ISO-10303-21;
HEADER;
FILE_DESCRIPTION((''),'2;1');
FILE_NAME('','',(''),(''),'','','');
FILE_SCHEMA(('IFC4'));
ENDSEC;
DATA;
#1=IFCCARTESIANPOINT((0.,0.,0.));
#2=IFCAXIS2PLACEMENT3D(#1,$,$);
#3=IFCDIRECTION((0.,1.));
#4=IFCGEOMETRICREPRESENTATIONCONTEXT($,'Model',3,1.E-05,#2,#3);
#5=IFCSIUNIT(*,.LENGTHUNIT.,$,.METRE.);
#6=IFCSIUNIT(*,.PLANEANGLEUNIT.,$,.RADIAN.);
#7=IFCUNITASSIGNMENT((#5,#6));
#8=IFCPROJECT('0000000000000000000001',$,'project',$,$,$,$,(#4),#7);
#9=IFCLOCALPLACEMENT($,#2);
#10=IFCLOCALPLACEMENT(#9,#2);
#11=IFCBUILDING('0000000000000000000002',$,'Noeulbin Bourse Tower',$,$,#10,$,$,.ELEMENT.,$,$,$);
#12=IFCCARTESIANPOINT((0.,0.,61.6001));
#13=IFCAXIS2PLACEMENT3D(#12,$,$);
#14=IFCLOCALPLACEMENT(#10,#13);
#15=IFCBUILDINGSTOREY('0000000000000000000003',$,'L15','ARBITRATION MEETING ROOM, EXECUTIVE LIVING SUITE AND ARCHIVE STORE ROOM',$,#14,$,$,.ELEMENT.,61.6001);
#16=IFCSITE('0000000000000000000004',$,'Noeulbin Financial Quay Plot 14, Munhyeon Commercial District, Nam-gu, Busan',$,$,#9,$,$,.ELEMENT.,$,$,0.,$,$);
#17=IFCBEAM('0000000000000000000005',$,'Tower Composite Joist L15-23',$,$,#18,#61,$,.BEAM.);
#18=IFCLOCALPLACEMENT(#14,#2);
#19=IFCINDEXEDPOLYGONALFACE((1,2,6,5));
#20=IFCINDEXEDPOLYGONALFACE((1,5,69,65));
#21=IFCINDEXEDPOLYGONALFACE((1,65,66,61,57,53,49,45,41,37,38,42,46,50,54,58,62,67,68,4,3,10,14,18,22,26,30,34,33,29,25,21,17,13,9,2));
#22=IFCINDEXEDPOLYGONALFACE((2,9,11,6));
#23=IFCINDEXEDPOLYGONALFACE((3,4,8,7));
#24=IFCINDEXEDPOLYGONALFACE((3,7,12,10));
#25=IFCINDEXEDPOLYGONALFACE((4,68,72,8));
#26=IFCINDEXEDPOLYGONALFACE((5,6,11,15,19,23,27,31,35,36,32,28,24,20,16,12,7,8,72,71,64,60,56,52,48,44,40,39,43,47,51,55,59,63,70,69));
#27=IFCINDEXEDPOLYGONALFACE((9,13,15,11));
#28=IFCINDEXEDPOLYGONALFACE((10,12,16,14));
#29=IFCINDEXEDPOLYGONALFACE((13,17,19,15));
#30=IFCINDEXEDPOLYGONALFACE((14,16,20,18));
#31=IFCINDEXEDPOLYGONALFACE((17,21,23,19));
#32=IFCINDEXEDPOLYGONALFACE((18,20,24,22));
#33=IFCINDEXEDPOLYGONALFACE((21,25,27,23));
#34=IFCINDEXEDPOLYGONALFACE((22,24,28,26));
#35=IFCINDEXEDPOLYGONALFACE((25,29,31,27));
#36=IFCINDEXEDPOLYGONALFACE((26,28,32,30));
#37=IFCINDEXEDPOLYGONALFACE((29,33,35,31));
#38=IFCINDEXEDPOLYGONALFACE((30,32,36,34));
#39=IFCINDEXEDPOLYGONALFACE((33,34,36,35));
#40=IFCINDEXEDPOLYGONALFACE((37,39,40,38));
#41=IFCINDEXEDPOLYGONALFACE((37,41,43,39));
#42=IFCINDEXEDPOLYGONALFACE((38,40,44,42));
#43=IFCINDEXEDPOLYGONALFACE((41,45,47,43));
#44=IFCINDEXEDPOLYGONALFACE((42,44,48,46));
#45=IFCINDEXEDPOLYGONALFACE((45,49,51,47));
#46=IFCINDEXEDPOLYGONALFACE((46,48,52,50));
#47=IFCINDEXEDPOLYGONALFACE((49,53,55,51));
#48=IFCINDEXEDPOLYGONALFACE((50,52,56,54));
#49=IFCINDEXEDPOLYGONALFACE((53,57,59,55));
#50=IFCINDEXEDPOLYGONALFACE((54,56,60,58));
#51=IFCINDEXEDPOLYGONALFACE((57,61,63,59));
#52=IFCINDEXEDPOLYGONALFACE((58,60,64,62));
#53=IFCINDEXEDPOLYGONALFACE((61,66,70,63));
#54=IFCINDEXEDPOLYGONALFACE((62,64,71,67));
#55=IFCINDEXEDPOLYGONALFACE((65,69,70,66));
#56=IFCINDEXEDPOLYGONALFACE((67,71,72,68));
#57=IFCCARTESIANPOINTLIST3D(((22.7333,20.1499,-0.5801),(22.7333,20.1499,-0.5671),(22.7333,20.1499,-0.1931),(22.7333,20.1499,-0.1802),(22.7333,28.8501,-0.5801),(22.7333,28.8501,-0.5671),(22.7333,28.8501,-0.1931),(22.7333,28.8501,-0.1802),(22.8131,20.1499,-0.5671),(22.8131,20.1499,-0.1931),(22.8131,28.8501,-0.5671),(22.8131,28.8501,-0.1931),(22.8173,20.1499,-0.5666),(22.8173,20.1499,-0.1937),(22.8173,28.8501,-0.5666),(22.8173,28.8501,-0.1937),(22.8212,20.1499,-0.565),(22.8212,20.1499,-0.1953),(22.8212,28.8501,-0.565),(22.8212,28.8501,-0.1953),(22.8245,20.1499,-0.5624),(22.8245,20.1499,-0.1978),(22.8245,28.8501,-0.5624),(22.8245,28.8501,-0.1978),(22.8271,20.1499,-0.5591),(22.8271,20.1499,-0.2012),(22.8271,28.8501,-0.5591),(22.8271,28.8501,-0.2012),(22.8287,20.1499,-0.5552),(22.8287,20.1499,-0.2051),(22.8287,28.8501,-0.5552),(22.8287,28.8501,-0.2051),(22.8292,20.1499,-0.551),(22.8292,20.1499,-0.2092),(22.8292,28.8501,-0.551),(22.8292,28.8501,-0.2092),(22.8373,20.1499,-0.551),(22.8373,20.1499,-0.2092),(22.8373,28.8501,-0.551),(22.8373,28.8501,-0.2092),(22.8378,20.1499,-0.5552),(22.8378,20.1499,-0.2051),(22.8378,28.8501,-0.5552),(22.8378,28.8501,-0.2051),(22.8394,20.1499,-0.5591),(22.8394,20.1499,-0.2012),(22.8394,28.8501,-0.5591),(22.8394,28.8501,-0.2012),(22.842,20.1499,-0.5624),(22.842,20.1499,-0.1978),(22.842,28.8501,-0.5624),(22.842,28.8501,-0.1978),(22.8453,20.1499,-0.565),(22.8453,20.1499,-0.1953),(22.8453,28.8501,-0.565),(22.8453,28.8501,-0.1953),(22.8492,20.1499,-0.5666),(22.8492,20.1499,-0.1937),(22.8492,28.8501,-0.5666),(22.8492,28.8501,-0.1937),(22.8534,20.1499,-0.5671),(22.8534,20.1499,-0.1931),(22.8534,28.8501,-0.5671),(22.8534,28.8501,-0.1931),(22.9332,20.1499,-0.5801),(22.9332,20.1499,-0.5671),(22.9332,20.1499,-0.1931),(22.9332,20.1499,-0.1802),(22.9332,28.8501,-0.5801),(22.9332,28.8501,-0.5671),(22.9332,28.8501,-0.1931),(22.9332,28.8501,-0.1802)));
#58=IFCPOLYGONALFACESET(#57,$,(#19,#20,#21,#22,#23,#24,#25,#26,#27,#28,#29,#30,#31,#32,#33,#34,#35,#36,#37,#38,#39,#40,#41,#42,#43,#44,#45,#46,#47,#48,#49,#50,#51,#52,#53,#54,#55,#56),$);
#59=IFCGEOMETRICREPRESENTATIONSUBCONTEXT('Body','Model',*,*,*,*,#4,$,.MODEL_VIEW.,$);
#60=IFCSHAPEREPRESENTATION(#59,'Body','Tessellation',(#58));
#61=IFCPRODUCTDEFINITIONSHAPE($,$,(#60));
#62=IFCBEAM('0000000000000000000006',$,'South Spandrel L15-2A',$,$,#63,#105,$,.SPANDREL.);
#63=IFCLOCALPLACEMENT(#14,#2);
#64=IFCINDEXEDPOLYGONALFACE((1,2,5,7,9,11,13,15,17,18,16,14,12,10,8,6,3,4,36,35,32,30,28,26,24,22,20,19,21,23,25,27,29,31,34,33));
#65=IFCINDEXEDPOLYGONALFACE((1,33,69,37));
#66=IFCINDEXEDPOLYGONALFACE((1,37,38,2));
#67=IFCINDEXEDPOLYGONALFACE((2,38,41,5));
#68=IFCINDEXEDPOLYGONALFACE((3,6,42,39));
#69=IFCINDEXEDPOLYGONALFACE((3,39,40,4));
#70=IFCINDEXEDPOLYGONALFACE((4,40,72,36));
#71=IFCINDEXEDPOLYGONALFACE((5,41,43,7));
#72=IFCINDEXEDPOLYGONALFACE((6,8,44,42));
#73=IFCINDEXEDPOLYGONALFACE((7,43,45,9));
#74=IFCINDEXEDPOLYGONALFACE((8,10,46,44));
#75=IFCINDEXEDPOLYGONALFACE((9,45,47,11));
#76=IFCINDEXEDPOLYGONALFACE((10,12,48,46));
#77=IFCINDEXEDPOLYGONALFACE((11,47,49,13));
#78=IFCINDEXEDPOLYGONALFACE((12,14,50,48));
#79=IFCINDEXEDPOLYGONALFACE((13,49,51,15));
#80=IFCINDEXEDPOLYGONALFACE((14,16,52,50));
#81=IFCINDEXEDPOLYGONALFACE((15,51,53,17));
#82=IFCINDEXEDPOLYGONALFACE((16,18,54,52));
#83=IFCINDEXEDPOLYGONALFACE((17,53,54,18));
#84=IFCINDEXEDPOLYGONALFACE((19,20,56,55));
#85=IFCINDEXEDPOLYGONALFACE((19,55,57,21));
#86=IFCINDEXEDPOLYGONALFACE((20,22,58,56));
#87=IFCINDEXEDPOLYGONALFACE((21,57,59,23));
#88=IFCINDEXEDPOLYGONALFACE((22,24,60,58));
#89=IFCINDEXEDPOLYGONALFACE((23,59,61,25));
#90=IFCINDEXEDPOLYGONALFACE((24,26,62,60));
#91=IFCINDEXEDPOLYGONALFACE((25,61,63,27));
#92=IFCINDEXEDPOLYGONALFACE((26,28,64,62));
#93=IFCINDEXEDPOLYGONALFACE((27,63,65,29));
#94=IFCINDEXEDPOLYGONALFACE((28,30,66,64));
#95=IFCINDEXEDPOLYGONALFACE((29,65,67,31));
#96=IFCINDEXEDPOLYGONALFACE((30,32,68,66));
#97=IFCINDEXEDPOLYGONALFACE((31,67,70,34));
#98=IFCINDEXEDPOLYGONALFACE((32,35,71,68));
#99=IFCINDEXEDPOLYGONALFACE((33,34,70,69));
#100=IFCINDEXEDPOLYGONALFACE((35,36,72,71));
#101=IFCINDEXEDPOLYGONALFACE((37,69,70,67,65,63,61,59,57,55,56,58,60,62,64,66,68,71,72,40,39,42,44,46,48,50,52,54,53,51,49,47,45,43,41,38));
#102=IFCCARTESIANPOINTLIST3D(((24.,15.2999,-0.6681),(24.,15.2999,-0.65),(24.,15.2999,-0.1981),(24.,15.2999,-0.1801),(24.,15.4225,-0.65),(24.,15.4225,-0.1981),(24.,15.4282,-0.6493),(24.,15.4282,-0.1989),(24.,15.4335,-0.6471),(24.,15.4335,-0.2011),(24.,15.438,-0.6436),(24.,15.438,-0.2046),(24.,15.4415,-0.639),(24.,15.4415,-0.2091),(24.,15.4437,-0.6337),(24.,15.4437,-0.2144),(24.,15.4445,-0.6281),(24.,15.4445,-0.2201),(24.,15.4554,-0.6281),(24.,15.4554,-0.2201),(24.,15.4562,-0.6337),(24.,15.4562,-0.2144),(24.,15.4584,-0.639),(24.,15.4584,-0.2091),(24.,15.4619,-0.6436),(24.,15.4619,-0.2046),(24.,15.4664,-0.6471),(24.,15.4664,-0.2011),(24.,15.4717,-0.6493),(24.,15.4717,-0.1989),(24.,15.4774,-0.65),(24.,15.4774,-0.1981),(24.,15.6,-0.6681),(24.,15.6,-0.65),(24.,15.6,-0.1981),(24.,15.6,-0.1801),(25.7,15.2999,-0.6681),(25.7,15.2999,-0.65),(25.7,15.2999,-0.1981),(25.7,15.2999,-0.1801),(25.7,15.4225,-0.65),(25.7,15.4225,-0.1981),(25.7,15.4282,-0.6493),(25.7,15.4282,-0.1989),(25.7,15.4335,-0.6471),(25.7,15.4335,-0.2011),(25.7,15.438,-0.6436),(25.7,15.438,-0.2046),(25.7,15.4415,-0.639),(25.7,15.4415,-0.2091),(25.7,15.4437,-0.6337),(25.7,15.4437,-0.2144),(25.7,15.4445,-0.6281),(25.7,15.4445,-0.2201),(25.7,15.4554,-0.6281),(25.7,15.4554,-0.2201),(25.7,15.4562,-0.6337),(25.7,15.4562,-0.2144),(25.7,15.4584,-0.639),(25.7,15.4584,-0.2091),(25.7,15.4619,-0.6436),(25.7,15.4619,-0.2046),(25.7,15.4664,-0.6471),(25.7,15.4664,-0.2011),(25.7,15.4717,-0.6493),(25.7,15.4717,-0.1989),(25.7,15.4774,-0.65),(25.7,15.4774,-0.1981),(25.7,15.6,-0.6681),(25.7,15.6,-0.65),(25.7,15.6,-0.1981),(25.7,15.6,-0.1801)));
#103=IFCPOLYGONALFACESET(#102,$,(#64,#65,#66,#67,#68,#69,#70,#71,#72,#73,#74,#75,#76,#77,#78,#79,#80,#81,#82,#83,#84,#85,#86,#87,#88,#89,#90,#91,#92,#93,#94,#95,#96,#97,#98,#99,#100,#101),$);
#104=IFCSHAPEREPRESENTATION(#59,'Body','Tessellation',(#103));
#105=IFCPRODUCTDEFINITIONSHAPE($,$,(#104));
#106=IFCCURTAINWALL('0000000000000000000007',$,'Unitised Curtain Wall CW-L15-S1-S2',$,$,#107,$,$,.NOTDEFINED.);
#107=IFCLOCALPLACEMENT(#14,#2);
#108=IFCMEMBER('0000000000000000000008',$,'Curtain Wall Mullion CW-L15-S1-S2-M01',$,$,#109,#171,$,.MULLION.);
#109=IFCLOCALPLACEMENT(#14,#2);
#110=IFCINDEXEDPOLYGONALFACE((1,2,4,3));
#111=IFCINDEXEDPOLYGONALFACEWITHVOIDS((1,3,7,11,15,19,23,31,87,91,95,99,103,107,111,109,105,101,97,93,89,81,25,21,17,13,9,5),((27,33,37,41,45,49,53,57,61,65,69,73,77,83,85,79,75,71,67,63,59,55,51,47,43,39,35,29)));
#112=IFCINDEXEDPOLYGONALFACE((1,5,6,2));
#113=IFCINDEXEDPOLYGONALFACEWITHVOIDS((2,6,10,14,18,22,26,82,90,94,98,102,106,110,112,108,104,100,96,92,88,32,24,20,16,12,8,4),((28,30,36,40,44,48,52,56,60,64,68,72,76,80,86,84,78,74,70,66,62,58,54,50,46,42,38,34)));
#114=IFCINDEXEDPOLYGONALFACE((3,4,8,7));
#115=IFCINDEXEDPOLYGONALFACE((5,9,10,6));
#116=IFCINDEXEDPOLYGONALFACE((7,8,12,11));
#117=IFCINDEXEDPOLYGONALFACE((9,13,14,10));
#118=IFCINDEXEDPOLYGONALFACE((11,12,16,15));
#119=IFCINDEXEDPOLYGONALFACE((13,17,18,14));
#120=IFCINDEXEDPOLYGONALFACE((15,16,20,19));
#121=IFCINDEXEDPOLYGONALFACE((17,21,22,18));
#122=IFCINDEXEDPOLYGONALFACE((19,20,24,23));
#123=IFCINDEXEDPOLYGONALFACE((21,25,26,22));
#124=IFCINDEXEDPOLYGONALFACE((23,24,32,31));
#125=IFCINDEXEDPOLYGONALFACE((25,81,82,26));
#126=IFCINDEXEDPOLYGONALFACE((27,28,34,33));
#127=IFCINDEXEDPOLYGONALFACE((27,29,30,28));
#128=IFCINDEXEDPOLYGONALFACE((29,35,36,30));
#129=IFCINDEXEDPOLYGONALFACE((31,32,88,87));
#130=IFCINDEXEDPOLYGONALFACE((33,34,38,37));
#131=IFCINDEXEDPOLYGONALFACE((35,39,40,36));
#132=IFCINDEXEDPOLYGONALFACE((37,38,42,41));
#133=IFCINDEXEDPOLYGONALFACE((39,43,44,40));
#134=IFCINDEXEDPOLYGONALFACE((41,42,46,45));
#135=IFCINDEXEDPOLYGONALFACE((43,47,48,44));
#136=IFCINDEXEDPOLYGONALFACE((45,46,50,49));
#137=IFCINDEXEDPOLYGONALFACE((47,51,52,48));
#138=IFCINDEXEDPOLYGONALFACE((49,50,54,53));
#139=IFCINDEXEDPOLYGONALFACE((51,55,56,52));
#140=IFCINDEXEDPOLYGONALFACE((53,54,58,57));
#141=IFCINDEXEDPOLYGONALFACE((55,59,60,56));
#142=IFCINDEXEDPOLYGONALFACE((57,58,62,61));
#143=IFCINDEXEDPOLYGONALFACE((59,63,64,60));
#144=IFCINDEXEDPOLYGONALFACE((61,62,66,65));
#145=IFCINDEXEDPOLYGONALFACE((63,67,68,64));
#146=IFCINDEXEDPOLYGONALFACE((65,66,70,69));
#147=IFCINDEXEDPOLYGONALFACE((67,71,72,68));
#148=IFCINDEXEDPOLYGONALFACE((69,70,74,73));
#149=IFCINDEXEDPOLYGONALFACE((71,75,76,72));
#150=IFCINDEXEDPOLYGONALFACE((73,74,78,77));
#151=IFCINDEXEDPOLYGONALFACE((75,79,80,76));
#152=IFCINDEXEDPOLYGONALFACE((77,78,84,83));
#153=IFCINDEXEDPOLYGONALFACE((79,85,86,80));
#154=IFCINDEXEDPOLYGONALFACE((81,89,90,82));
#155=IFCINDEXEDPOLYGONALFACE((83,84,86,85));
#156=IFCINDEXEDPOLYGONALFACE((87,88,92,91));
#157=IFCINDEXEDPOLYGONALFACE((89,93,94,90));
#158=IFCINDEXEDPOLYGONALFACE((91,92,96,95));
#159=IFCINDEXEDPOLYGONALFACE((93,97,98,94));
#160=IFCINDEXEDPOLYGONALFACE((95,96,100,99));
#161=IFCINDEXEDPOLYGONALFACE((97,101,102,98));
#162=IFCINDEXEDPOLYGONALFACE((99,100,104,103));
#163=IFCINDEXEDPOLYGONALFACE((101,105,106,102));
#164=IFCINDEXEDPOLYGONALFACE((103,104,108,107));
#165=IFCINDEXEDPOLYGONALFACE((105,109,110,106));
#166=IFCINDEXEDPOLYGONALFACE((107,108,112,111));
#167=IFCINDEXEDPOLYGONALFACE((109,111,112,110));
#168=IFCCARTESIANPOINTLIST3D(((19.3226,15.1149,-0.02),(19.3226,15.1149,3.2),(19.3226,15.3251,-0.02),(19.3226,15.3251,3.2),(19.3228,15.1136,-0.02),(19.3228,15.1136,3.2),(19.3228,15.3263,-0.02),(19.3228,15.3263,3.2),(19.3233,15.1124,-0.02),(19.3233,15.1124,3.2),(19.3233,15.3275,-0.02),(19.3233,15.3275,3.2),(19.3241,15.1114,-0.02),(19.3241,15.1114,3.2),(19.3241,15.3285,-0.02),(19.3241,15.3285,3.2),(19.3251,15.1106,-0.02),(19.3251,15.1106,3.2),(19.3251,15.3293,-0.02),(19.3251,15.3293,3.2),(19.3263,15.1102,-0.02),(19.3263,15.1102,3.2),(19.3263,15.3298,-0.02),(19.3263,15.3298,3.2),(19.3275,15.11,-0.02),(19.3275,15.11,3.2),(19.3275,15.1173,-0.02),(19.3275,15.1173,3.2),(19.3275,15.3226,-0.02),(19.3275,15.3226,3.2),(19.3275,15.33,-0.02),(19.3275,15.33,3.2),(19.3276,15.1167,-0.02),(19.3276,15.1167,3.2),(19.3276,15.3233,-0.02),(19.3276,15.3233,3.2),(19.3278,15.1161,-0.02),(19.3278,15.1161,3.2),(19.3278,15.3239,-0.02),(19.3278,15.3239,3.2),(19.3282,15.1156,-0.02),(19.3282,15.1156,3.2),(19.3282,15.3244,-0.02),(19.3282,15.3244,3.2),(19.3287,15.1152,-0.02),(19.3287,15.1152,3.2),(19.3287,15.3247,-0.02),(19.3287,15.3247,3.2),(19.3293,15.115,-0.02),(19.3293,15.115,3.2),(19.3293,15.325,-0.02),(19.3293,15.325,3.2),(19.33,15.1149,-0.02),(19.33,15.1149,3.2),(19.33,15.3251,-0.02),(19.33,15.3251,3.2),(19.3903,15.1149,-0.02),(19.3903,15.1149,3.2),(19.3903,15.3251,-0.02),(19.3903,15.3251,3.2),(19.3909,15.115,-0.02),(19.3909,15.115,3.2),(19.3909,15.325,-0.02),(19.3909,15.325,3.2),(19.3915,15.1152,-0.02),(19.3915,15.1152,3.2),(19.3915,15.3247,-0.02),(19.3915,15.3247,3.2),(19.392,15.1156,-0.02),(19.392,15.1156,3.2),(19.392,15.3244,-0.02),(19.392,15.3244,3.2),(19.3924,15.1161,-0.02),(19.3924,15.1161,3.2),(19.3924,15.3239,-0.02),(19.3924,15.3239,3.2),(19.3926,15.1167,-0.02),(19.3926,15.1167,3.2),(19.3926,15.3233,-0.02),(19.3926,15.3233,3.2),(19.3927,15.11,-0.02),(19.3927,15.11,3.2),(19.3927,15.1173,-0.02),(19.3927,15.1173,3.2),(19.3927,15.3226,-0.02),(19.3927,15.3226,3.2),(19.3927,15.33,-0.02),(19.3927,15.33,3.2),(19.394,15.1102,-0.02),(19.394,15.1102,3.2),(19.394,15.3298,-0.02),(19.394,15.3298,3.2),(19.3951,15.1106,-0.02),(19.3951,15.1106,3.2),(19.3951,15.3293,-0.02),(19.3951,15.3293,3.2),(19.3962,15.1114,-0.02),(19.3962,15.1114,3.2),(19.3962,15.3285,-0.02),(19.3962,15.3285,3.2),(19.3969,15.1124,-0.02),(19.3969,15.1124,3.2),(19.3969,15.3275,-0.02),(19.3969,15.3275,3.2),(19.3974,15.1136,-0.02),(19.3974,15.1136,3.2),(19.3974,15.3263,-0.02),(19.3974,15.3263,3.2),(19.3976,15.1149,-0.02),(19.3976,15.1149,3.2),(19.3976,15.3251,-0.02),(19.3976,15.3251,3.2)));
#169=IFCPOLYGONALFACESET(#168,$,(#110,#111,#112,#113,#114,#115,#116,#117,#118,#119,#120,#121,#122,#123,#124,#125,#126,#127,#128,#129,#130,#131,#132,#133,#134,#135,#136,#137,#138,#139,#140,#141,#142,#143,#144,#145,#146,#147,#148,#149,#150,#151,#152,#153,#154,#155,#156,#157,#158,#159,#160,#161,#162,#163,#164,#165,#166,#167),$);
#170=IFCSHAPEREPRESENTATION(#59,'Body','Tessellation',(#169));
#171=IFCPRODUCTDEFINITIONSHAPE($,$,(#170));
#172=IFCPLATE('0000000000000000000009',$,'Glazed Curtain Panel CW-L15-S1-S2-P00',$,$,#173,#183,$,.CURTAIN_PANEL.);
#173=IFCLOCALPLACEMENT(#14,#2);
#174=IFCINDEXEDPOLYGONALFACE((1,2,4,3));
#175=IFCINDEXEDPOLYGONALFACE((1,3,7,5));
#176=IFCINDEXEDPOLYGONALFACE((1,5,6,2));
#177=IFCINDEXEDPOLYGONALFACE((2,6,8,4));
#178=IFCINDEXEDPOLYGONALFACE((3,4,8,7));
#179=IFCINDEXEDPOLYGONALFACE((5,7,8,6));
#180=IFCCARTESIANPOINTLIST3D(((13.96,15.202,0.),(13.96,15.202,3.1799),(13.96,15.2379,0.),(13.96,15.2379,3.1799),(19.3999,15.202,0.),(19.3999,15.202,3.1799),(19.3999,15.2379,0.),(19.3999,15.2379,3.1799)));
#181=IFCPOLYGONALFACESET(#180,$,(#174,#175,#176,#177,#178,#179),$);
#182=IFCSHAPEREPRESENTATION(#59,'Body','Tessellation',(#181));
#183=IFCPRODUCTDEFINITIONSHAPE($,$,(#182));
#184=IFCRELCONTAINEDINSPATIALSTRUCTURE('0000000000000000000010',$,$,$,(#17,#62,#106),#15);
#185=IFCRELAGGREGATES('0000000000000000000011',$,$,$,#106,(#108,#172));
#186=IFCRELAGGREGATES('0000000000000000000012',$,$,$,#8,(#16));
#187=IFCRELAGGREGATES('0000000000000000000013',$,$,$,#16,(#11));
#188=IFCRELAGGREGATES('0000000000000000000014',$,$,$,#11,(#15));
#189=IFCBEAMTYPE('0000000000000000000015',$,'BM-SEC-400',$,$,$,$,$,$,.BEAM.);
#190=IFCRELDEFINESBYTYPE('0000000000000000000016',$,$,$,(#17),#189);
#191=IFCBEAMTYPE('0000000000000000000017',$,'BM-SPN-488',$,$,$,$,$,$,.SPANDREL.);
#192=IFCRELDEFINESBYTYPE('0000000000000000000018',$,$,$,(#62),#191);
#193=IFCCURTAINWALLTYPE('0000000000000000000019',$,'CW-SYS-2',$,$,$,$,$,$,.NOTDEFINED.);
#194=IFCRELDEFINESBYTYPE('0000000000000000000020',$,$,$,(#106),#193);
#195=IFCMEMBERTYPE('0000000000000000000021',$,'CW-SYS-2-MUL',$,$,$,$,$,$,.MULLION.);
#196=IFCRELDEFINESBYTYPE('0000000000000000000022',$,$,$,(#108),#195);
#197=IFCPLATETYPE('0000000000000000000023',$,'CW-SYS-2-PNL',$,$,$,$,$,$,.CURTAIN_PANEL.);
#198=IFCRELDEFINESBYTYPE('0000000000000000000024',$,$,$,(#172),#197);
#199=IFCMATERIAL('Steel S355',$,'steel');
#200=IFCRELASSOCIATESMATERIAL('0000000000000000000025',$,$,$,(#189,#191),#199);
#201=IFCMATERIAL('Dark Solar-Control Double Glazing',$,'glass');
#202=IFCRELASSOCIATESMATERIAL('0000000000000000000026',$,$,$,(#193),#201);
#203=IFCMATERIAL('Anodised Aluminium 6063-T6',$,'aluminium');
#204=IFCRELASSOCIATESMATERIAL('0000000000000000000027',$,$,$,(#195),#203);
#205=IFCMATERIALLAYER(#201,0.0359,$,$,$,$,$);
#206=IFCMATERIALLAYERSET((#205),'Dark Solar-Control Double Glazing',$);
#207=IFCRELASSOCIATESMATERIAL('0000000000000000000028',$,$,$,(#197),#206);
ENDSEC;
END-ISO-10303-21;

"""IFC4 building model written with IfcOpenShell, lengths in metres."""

from ifc_helpers import new_model, si_unit, direction, frame, origin, origin_2d, place, context, subcontext, project, spatial, rectangle, hollow_rectangle, i_section, extrude, material, layer, layer_set, material_profile, profile_set, type_object, element, aggregate, save


model = new_model("IFC4")

# Units and contexts
model_context = context("Model", 3, precision=1e-05, world=origin(), true_north=direction((0.0, 1.0)))
body_context = subcontext(model_context, "Body", "Model", "MODEL_VIEW")
ifc_project = project(units=[si_unit("LENGTHUNIT", "METRE"), si_unit("PLANEANGLEUNIT", "RADIAN")], contexts=[model_context])

# Site, building, storey
site_placement = place(None, origin())
site = spatial("IfcSite", under=ifc_project, at=site_placement, Name="Noeulbin Financial Quay Plot 14, Munhyeon Commercial District, Nam-gu, Busan", CompositionType="ELEMENT", RefElevation=0.0)
building_placement = place(site_placement, origin())
building = spatial("IfcBuilding", under=site, at=building_placement, Name="Noeulbin Bourse Tower", CompositionType="ELEMENT")
storey_placement = place(building_placement, frame((0.0, 0.0, 61.6001)))
storey = spatial("IfcBuildingStorey", under=building, at=storey_placement, Name="L15", Description="ARBITRATION MEETING ROOM, EXECUTIVE LIVING SUITE AND ARCHIVE STORE ROOM", CompositionType="ELEMENT", Elevation=61.6001)

# Beams
ifc_material_1 = material(Name="Steel S355", Category="steel")
ifc_material_profile_1 = material_profile(ifc_material_1, i_section(OverallWidth=0.2, OverallDepth=0.3999, WebThickness=0.0081, FlangeThickness=0.0129, FilletRadius=0.0161, at=origin_2d()), Name="H-400x200x8x13", Category="LoadBearing")
ifc_profile_set_1 = profile_set([ifc_material_profile_1], Name="Steel S355")
beam_type_1 = type_object("IfcBeamType", Name="BM-SEC-400", PredefinedType="BEAM", material=ifc_profile_set_1)
beam_1_placement = place(storey_placement, frame((22.8333, 20.1499, -0.3801), z_axis=(0.0, 1.0, 0.0), x_axis=(-1.0, 0.0, 0.0)))
element("IfcBeam", 1, at=beam_1_placement, inside=storey, type_object=beam_type_1, Name="Tower Composite Joist L15-23", PredefinedType="BEAM", context=body_context, shape_type="SweptSolid", body=[
    extrude(i_section(OverallWidth=0.2, OverallDepth=0.3999, WebThickness=0.0081, FlangeThickness=0.0129, FilletRadius=0.0161, at=origin_2d()), origin(), (0.0, 0.0, 1.0), 8.7002),
])
ifc_material_profile_2 = material_profile(ifc_material_1, i_section(OverallWidth=0.3, OverallDepth=0.488, WebThickness=0.011, FlangeThickness=0.0181, FilletRadius=0.022, at=origin_2d()), Name="H-488x300x11x18", Category="LoadBearing")
ifc_profile_set_2 = profile_set([ifc_material_profile_2], Name="Steel S355")
beam_type_2 = type_object("IfcBeamType", Name="BM-SPN-488", PredefinedType="SPANDREL", material=ifc_profile_set_2)
beam_2_placement = place(storey_placement, frame((24.0, 15.45, -0.4241), z_axis=(1.0, 0.0, 0.0), x_axis=(0.0, 1.0, 0.0)))
element("IfcBeam", 2, at=beam_2_placement, inside=storey, type_object=beam_type_2, Name="South Spandrel L15-2A", PredefinedType="SPANDREL", context=body_context, shape_type="SweptSolid", body=[
    extrude(i_section(OverallWidth=0.3, OverallDepth=0.488, WebThickness=0.011, FlangeThickness=0.0181, FilletRadius=0.022, at=origin_2d()), origin(), (0.0, 0.0, 1.0), 1.7),
])

# Curtain wall, member, plate
ifc_material_2 = material(Name="Dark Solar-Control Double Glazing", Category="glass")
curtain_wall_type = type_object("IfcCurtainWallType", Name="CW-SYS-2", PredefinedType="NOTDEFINED", material=ifc_material_2)
curtain_wall_placement = place(storey_placement, origin())
curtain_wall = element("IfcCurtainWall", 3, at=curtain_wall_placement, inside=storey, type_object=curtain_wall_type, Name="Unitised Curtain Wall CW-L15-S1-S2", PredefinedType="NOTDEFINED")
ifc_material_3 = material(Name="Anodised Aluminium 6063-T6", Category="aluminium")
ifc_material_profile_3 = material_profile(ifc_material_3, hollow_rectangle(XDim=0.075, YDim=0.22, WallThickness=0.0049, InnerFilletRadius=0.0024, OuterFilletRadius=0.0049, at=origin_2d()), Name="ALU-MULL-75x220x5", Category="LoadBearing")
ifc_profile_set_3 = profile_set([ifc_material_profile_3], Name="Anodised Aluminium 6063-T6")
member_type = type_object("IfcMemberType", Name="CW-SYS-2-MUL", PredefinedType="MULLION", material=ifc_profile_set_3)
member_placement = place(storey_placement, frame((19.3601, 15.22, -0.02), z_axis=(0.0, 0.0, 1.0), x_axis=(1.0, 0.0, 0.0)))
member = element("IfcMember", 4, at=member_placement, type_object=member_type, Name="Curtain Wall Mullion CW-L15-S1-S2-M01", PredefinedType="MULLION", context=body_context, shape_type="SweptSolid", body=[
    extrude(hollow_rectangle(XDim=0.075, YDim=0.22, WallThickness=0.0049, InnerFilletRadius=0.0024, OuterFilletRadius=0.0049, at=origin_2d()), origin(), (0.0, 0.0, 1.0), 3.22),
])
ifc_layer_1 = layer(ifc_material_2, 0.0359)
ifc_layer_set_1 = layer_set([ifc_layer_1], Name="Dark Solar-Control Double Glazing")
plate_type_1 = type_object("IfcPlateType", Name="CW-SYS-2-PNL", PredefinedType="CURTAIN_PANEL", material=ifc_layer_set_1)
plate_1_placement = place(storey_placement, frame((16.6799, 15.22, 0.0), z_axis=(0.0, 0.0, 1.0), x_axis=(1.0, 0.0, 0.0)))
plate_1 = element("IfcPlate", 5, at=plate_1_placement, type_object=plate_type_1, Name="Glazed Curtain Panel CW-L15-S1-S2-P00", PredefinedType="CURTAIN_PANEL", context=body_context, shape_type="SweptSolid", body=[
    extrude(rectangle(XDim=5.4399, YDim=0.0359, at=origin_2d()), origin(), (0.0, 0.0, 1.0), 3.1799),
])
aggregate(curtain_wall, [member, plate_1])

save(model, "model.ifc")
